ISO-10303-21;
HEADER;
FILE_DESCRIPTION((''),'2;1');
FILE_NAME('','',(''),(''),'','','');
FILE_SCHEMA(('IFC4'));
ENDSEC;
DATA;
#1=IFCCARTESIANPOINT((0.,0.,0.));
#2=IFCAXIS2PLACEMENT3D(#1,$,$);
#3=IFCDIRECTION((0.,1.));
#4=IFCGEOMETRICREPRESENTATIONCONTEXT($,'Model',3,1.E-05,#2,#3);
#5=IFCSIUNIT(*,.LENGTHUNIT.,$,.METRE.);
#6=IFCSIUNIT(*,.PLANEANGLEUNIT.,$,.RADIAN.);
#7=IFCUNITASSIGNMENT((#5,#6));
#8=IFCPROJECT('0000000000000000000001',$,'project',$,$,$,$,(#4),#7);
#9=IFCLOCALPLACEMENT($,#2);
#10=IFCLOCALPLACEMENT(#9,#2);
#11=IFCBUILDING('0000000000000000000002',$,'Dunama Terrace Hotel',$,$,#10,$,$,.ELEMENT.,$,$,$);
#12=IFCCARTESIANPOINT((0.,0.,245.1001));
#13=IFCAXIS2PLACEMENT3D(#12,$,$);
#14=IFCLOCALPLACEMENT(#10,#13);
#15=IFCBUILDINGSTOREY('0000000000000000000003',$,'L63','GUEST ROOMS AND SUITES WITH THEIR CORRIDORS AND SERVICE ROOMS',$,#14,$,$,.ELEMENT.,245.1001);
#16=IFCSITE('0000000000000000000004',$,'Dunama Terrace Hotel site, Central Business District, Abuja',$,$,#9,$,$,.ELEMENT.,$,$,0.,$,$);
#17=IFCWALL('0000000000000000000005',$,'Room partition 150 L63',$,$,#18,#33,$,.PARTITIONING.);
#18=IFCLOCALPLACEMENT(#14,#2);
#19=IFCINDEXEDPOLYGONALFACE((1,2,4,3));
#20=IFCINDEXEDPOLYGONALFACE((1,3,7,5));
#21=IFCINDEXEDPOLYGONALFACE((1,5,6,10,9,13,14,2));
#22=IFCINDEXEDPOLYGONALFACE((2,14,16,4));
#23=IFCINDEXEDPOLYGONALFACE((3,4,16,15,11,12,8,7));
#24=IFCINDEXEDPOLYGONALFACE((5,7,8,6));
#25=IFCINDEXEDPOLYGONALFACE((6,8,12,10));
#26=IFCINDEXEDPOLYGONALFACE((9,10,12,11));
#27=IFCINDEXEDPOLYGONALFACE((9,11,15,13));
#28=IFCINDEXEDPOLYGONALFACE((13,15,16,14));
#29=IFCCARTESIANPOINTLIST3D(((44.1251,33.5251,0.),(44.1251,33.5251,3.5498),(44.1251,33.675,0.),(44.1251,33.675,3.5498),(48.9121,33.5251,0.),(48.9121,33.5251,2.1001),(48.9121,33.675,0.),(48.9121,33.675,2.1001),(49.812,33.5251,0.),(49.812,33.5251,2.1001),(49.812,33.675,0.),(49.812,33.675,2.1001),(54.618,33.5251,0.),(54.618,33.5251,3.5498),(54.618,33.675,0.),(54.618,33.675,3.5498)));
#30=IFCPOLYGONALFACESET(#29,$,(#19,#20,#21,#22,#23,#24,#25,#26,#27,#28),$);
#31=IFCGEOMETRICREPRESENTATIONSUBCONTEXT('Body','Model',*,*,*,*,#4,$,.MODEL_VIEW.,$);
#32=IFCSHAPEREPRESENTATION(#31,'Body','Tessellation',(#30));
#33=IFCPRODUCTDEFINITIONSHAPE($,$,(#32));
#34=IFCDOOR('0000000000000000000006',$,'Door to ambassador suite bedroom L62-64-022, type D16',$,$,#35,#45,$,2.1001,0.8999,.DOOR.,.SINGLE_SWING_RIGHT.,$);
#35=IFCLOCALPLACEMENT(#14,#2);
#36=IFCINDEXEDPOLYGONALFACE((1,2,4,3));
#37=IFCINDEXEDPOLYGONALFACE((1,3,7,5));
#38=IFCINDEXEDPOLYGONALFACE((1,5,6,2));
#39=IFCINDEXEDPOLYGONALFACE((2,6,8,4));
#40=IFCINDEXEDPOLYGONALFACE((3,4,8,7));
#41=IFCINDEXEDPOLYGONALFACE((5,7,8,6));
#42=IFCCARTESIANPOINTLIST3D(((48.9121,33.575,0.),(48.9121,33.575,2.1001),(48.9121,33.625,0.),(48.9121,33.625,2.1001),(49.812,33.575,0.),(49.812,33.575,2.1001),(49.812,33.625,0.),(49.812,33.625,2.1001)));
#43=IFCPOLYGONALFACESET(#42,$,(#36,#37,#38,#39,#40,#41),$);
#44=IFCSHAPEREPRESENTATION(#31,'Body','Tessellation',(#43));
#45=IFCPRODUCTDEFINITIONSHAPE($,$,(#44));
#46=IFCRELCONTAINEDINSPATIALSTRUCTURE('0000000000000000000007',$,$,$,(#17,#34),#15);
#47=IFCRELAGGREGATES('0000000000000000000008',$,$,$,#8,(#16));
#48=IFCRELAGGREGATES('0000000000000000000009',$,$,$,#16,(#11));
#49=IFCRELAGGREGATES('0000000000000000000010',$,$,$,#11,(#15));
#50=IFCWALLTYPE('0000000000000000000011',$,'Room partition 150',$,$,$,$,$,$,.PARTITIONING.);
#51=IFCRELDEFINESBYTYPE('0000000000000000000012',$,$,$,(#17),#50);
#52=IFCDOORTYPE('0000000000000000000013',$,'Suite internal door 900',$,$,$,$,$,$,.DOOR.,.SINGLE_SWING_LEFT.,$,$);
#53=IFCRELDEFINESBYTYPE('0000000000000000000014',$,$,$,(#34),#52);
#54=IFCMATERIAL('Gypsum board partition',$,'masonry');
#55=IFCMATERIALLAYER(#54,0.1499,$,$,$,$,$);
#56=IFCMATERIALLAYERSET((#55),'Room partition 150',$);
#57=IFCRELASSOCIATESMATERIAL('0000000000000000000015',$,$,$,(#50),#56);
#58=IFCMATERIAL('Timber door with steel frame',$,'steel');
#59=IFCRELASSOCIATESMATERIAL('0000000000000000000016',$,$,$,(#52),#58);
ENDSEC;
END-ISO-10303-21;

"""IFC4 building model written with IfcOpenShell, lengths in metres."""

from ifc_helpers import new_model, si_unit, direction, frame, frame_2d, origin, place, context, subcontext, project, spatial, rectangle, extrude, material, layer, layer_set, type_object, element, fill, save


model = new_model("IFC4")

# Units and contexts
model_context = context("Model", 3, precision=1e-05, world=origin(), true_north=direction((0.0, 1.0)))
body_context = subcontext(model_context, "Body", "Model", "MODEL_VIEW")
ifc_project = project(units=[si_unit("LENGTHUNIT", "METRE"), si_unit("PLANEANGLEUNIT", "RADIAN")], contexts=[model_context])

# Site, building, storey
site_placement = place(None, origin())
site = spatial("IfcSite", under=ifc_project, at=site_placement, Name="Dunama Terrace Hotel site, Central Business District, Abuja", CompositionType="ELEMENT", RefElevation=0.0)
building_placement = place(site_placement, origin())
building = spatial("IfcBuilding", under=site, at=building_placement, Name="Dunama Terrace Hotel", CompositionType="ELEMENT")
storey_placement = place(building_placement, frame((0.0, 0.0, 245.1001)))
storey = spatial("IfcBuildingStorey", under=building, at=storey_placement, Name="L63", Description="GUEST ROOMS AND SUITES WITH THEIR CORRIDORS AND SERVICE ROOMS", CompositionType="ELEMENT", Elevation=245.1001)

# Shared definitions
ifc_material_1 = material(Name="Gypsum board partition", Category="masonry")
ifc_layer_1 = layer(ifc_material_1, 0.1499)
ifc_layer_set_1 = layer_set([ifc_layer_1], Name="Room partition 150")
wall_type_1 = type_object("IfcWallType", Name="Room partition 150", PredefinedType="PARTITIONING", material=ifc_layer_set_1)

# Wall, opening, door
wall_1_placement = place(storey_placement, frame((44.125, 33.6001, 0.0), z_axis=(0.0, 0.0, 1.0), x_axis=(1.0, 0.0, 0.0)))
wall_1 = element("IfcWall", 1, at=wall_1_placement, inside=storey, type_object=wall_type_1, Name="Room partition 150 L63", PredefinedType="PARTITIONING", context=body_context, shape_type="SweptSolid", body=[
    extrude(rectangle(XDim=10.4929, YDim=0.1499, at=frame_2d((5.2466, 0.0))), origin(), (0.0, 0.0, 1.0), 3.5498),
])
opening_1_placement = place(wall_1_placement, frame((4.7871, 0.0, 0.0)))
opening_1 = element("IfcOpeningElement", 2, at=opening_1_placement, cuts=wall_1, PredefinedType="OPENING", context=body_context, shape_type="SweptSolid", body=[
    extrude(rectangle(XDim=0.8999, YDim=2.1001, at=frame_2d((0.45, 1.05))), frame((0.0, 0.085, 0.0), z_axis=(0.0, -1.0, 0.0), x_axis=(1.0, 0.0, 0.0)), (0.0, 0.0, 1.0), 0.1699),
])
ifc_material_2 = material(Name="Timber door with steel frame", Category="steel")
door_type_1 = type_object("IfcDoorType", Name="Suite internal door 900", OperationType="SINGLE_SWING_LEFT", PredefinedType="DOOR", material=ifc_material_2)
door_1_placement = place(opening_1_placement, frame((0.8999, 0.0, 0.0), z_axis=(0.0, 0.0, 1.0), x_axis=(-1.0, 0.0, 0.0)))
door_1 = element("IfcDoor", 3, at=door_1_placement, inside=storey, type_object=door_type_1, Name="Door to ambassador suite bedroom L62-64-022, type D16", OperationType="SINGLE_SWING_RIGHT", OverallHeight=2.1001, OverallWidth=0.8999, PredefinedType="DOOR", context=body_context, shape_type="SweptSolid", body=[
    extrude(rectangle(XDim=0.8999, YDim=2.1001, at=frame_2d((0.45, 1.05))), frame((0.0, 0.0251, 0.0), z_axis=(0.0, -1.0, 0.0), x_axis=(1.0, 0.0, 0.0)), (0.0, 0.0, 1.0), 0.05),
])
fill(opening_1, door_1)

save(model, "model.ifc")
